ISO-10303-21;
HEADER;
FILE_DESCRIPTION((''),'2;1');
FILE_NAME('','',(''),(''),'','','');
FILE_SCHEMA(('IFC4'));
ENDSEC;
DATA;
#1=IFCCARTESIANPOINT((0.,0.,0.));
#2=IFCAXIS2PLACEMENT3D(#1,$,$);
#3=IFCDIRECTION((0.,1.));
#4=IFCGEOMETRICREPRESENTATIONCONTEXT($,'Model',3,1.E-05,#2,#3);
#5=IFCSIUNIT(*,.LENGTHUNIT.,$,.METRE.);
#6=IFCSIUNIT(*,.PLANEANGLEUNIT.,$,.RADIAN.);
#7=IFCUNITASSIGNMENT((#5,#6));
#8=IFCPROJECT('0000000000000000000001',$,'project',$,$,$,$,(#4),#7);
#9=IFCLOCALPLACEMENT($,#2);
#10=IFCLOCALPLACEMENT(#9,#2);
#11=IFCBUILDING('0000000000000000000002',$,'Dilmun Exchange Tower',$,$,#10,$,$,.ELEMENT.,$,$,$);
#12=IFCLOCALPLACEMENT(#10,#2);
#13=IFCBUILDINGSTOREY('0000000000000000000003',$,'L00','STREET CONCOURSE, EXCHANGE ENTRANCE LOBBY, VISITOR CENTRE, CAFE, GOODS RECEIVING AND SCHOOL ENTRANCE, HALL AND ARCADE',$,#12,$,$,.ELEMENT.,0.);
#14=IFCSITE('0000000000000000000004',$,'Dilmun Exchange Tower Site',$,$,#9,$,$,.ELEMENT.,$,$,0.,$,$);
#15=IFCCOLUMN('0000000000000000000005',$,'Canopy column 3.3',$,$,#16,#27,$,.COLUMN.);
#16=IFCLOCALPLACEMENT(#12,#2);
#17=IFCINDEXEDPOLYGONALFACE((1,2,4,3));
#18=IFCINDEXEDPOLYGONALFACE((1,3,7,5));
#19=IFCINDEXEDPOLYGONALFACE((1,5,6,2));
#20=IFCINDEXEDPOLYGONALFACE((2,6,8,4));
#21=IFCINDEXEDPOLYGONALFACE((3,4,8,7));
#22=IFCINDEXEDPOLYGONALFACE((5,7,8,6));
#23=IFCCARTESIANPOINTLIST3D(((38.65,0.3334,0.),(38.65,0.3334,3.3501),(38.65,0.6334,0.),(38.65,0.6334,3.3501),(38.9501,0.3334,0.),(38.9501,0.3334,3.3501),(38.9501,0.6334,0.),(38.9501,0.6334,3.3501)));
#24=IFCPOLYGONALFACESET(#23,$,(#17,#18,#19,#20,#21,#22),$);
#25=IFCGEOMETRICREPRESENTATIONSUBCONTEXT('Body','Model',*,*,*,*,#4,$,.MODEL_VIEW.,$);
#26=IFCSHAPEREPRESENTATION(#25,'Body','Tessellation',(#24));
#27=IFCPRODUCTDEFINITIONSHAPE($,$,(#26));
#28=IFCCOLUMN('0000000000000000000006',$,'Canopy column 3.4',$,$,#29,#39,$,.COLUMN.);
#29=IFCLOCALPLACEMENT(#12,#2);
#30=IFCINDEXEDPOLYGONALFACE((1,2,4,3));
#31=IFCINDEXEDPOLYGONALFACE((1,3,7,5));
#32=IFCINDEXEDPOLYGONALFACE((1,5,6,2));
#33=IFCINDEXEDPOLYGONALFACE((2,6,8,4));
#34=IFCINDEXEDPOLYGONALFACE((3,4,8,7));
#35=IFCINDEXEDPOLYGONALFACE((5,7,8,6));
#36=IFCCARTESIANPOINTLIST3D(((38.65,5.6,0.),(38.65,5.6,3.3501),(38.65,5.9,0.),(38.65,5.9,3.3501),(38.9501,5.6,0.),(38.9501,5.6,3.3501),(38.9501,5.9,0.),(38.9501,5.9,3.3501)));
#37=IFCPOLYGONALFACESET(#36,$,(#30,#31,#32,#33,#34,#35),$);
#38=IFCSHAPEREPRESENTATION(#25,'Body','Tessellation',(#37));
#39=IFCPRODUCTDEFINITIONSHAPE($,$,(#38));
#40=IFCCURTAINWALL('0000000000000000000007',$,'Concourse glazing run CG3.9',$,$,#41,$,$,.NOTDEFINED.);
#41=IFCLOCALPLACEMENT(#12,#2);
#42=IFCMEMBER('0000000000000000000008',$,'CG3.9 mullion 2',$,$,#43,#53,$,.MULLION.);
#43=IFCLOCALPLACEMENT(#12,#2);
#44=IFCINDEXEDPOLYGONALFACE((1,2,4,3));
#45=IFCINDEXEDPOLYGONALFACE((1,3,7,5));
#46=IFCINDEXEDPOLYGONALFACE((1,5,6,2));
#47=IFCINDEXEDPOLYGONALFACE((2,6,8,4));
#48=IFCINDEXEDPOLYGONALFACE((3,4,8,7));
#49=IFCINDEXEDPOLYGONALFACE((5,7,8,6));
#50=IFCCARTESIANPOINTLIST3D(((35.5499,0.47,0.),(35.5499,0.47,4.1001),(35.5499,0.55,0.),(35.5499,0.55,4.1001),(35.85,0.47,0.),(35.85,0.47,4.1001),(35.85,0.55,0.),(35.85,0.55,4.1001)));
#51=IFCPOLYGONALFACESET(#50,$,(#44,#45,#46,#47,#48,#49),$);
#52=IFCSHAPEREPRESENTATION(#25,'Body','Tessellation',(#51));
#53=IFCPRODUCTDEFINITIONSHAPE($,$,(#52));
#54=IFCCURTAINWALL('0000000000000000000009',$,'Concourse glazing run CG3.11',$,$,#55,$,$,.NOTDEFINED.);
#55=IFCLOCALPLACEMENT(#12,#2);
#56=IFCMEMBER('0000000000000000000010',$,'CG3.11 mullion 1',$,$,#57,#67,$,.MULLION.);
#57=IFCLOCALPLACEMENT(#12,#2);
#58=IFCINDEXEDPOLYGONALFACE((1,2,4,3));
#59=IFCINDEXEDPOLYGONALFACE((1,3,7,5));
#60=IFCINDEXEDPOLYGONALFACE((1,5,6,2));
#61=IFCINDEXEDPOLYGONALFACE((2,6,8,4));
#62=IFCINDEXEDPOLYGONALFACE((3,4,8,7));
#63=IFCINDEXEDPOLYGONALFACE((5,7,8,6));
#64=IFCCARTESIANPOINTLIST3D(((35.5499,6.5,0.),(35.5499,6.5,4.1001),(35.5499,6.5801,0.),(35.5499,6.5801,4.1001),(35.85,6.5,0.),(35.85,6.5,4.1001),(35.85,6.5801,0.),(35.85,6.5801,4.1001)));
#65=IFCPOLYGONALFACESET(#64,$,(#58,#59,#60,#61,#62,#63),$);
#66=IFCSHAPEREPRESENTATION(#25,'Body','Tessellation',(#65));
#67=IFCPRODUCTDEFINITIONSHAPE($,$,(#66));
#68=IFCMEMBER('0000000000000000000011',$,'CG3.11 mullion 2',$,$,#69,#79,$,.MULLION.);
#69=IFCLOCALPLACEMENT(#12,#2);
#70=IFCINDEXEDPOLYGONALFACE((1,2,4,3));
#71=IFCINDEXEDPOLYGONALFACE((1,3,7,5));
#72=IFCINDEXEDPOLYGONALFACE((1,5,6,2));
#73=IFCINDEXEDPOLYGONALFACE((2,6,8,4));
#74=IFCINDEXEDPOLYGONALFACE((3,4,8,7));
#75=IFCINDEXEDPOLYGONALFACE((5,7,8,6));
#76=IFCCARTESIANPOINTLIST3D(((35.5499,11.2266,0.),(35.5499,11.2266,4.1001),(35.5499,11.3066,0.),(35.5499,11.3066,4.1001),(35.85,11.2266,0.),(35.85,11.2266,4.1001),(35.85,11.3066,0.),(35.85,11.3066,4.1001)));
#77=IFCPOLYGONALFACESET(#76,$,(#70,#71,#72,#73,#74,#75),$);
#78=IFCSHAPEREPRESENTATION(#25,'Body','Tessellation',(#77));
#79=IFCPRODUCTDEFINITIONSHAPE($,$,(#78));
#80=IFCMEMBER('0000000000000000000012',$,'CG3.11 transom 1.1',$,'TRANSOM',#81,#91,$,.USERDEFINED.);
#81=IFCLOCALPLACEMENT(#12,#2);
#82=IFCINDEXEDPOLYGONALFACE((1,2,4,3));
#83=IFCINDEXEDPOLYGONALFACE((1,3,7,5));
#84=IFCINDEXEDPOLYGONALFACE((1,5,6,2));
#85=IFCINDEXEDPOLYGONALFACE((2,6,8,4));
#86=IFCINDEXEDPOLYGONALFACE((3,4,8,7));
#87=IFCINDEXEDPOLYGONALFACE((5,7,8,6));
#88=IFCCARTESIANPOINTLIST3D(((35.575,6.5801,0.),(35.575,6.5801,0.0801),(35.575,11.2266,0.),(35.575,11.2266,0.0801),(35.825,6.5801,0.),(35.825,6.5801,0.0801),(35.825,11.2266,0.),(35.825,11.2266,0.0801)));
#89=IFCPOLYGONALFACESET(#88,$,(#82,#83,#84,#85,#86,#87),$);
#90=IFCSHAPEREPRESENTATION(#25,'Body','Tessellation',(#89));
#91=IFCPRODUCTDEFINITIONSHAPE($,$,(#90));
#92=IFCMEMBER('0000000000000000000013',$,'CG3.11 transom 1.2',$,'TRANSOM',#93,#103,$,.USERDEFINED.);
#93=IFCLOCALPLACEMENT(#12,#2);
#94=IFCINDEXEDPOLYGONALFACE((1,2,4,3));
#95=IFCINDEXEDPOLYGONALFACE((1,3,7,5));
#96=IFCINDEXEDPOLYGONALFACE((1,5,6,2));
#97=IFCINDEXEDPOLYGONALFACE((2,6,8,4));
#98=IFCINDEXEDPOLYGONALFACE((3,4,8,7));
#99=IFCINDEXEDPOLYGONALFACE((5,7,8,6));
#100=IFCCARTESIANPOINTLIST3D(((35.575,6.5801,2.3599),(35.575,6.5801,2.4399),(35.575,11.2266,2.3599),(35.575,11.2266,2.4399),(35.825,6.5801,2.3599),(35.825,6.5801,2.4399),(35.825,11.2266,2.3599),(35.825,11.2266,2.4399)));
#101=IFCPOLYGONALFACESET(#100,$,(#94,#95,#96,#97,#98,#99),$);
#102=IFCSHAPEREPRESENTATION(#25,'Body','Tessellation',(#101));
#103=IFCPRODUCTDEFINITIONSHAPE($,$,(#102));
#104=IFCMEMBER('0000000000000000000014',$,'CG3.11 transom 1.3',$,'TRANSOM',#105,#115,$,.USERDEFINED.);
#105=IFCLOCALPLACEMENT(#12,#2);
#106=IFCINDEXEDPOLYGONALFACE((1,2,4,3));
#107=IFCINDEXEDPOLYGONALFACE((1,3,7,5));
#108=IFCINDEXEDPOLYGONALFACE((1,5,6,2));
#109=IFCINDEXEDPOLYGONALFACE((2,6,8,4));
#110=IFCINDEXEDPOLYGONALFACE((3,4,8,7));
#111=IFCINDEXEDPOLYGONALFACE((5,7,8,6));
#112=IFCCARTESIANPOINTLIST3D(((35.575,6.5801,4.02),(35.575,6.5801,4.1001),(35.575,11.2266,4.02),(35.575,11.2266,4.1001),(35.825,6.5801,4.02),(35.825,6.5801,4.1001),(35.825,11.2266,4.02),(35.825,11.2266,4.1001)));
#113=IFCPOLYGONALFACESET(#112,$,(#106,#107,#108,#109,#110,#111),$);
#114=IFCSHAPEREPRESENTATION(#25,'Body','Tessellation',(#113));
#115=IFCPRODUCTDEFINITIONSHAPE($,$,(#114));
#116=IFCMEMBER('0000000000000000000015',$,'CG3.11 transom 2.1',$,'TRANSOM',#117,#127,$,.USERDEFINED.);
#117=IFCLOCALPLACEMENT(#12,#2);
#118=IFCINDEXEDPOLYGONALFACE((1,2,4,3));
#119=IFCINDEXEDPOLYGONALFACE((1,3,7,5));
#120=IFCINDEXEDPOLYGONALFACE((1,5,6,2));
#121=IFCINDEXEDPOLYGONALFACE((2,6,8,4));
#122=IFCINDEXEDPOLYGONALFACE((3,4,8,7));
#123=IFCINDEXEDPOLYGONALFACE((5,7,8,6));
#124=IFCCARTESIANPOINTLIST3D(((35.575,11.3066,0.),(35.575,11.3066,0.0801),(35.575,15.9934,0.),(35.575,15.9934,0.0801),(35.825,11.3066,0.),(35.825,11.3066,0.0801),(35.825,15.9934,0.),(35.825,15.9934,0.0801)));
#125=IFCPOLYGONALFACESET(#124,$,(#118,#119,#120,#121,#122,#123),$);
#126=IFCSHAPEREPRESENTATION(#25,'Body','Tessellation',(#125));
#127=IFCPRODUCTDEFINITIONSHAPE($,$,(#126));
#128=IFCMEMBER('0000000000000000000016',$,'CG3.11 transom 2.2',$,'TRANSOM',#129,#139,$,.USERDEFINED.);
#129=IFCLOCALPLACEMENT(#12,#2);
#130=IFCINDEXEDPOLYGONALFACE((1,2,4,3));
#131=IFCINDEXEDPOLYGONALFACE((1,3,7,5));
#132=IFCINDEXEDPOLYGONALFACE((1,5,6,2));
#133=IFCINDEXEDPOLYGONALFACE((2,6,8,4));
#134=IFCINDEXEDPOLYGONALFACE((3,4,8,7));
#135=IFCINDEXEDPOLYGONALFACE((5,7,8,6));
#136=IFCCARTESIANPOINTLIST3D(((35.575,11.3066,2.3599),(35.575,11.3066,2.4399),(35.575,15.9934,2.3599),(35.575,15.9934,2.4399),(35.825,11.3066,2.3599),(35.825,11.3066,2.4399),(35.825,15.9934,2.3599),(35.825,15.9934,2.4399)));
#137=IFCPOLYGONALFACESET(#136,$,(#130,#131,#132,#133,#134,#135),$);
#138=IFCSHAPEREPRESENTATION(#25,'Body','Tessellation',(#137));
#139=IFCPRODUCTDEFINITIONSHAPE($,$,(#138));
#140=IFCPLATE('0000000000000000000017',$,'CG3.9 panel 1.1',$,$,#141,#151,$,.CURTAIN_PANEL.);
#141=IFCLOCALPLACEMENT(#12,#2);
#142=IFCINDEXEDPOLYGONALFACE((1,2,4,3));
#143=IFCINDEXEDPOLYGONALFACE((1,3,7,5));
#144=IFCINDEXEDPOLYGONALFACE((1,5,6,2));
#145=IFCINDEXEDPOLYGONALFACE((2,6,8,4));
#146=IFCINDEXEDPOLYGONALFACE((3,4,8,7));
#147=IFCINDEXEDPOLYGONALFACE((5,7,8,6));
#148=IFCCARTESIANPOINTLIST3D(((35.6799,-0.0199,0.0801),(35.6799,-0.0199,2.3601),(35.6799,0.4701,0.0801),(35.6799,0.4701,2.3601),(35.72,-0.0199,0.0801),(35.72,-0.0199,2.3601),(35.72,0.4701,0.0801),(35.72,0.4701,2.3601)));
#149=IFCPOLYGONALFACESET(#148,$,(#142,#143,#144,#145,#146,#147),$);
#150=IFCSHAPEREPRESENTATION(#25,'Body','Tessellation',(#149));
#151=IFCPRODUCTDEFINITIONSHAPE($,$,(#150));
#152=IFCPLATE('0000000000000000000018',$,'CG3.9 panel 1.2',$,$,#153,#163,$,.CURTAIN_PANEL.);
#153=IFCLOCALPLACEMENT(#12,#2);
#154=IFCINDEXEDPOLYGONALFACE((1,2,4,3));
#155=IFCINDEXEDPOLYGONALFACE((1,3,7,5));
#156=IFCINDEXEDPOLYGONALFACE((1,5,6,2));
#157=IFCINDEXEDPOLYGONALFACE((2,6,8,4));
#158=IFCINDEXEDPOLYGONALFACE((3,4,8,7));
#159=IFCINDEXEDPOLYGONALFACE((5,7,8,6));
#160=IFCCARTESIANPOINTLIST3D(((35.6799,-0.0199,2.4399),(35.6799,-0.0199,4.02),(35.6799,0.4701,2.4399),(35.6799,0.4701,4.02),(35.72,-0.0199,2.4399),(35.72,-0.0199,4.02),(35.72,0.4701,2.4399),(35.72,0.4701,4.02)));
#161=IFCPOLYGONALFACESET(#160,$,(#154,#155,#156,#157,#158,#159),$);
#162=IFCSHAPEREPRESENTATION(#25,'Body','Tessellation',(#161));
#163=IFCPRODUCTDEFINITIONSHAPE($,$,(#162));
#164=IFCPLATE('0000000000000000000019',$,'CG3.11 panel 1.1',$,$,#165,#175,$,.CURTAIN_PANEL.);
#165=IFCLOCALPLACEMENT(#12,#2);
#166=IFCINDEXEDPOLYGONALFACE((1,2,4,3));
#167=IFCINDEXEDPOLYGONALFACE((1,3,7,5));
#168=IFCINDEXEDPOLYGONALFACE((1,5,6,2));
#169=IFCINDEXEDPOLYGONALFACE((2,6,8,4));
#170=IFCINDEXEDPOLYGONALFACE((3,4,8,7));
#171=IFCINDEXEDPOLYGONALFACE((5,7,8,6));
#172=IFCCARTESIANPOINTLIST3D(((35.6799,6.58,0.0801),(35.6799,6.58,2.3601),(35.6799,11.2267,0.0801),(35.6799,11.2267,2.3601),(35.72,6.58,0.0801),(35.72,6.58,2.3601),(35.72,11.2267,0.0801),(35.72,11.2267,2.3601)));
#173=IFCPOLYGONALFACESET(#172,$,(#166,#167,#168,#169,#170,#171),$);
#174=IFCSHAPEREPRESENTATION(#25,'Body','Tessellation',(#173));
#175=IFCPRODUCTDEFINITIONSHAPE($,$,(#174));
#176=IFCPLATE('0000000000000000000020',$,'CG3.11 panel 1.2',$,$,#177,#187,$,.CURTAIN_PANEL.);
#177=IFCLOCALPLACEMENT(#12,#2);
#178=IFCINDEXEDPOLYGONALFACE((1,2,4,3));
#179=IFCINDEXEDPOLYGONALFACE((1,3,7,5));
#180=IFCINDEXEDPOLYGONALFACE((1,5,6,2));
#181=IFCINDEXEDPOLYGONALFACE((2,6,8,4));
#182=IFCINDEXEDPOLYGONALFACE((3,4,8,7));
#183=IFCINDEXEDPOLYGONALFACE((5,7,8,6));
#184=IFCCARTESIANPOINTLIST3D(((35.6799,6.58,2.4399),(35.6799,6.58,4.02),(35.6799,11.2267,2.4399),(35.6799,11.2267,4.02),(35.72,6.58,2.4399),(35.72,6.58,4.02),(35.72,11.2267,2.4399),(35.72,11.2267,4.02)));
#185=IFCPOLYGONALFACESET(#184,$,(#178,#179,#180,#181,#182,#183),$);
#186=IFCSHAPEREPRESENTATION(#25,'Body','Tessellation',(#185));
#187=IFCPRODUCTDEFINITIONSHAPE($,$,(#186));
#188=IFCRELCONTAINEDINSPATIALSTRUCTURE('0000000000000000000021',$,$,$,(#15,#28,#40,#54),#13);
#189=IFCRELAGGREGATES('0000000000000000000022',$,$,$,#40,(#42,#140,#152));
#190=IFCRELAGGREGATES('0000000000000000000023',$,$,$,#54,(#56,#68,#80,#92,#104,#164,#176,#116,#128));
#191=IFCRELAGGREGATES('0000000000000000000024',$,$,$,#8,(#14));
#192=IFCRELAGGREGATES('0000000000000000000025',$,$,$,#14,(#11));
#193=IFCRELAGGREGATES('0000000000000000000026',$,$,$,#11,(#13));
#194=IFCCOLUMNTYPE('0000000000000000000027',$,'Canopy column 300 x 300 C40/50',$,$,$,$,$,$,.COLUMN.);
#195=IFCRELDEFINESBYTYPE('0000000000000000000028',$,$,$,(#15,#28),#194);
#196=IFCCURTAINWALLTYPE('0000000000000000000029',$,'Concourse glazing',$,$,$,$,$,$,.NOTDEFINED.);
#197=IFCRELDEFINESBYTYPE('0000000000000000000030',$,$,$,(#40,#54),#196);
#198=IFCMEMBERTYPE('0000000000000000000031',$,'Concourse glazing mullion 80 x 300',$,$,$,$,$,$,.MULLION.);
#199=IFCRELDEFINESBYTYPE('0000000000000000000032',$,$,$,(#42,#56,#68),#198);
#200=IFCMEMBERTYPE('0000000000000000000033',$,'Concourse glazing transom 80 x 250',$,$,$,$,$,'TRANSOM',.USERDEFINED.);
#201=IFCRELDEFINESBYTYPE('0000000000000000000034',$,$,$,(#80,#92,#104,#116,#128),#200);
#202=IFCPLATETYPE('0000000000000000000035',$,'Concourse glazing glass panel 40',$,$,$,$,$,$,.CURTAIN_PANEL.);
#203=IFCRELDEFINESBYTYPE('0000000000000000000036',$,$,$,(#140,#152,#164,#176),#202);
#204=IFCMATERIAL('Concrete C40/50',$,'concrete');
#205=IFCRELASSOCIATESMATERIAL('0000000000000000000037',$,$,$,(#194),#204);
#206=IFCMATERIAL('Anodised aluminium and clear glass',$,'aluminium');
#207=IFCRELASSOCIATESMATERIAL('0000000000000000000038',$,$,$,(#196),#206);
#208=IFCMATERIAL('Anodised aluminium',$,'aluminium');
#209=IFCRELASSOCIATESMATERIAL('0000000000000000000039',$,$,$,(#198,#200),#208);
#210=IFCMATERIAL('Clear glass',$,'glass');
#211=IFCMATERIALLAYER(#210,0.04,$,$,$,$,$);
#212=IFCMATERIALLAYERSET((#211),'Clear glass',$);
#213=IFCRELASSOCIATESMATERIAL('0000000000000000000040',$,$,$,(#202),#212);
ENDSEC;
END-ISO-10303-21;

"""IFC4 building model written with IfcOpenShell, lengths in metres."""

from ifc_helpers import new_model, si_unit, direction, frame, origin, origin_2d, place, context, subcontext, project, spatial, rectangle, extrude, material, layer, layer_set, material_profile, profile_set, type_object, element, aggregate, save


model = new_model("IFC4")

# Units and contexts
model_context = context("Model", 3, precision=1e-05, world=origin(), true_north=direction((0.0, 1.0)))
body_context = subcontext(model_context, "Body", "Model", "MODEL_VIEW")
ifc_project = project(units=[si_unit("LENGTHUNIT", "METRE"), si_unit("PLANEANGLEUNIT", "RADIAN")], contexts=[model_context])

# Site, building, storey
site_placement = place(None, origin())
site = spatial("IfcSite", under=ifc_project, at=site_placement, Name="Dilmun Exchange Tower Site", CompositionType="ELEMENT", RefElevation=0.0)
building_placement = place(site_placement, origin())
building = spatial("IfcBuilding", under=site, at=building_placement, Name="Dilmun Exchange Tower", CompositionType="ELEMENT")
storey_placement = place(building_placement, origin())
storey = spatial("IfcBuildingStorey", under=building, at=storey_placement, Name="L00", Description="STREET CONCOURSE, EXCHANGE ENTRANCE LOBBY, VISITOR CENTRE, CAFE, GOODS RECEIVING AND SCHOOL ENTRANCE, HALL AND ARCADE", CompositionType="ELEMENT", Elevation=0.0)

# Columns
ifc_material_1 = material(Name="Concrete C40/50", Category="concrete")
ifc_material_profile_1 = material_profile(ifc_material_1, rectangle(XDim=0.3, YDim=0.3, at=origin_2d()), Name="300 x 300")
ifc_profile_set_1 = profile_set([ifc_material_profile_1], Name="Concrete C40/50")
column_type = type_object("IfcColumnType", Name="Canopy column 300 x 300 C40/50", PredefinedType="COLUMN", material=ifc_profile_set_1)
for number, where, z_axis, x_axis, name in (
    (1, (38.8, 0.4834, 0.0), (0.0, 0.0, 1.0), (0.0, 1.0, 0.0), "Canopy column 3.3"),
    (2, (38.8, 5.75, 0.0), (0.0, 0.0, 1.0), (0.0, 1.0, 0.0), "Canopy column 3.4"),
):
    element("IfcColumn", number, at=place(storey_placement, frame(where, z_axis=z_axis, x_axis=x_axis)), inside=storey, type_object=column_type, Name=name, PredefinedType="COLUMN", context=body_context, shape_type="SweptSolid", body=[
        extrude(rectangle(XDim=0.3, YDim=0.3, at=origin_2d()), origin(), (0.0, 0.0, 1.0), 3.3501),
    ])

# Curtain wall, member
ifc_material_2 = material(Name="Anodised aluminium and clear glass", Category="aluminium")
curtain_wall_type = type_object("IfcCurtainWallType", Name="Concourse glazing", PredefinedType="NOTDEFINED", material=ifc_material_2)
curtain_wall_1_placement = place(storey_placement, origin())
curtain_wall_1 = element("IfcCurtainWall", 3, at=curtain_wall_1_placement, inside=storey, type_object=curtain_wall_type, Name="Concourse glazing run CG3.9", PredefinedType="NOTDEFINED")
ifc_material_3 = material(Name="Anodised aluminium", Category="aluminium")
ifc_material_profile_2 = material_profile(ifc_material_3, rectangle(XDim=0.3, YDim=0.0801, at=origin_2d()), Name="AL 80x300")
ifc_profile_set_2 = profile_set([ifc_material_profile_2], Name="Anodised aluminium")
member_type_1 = type_object("IfcMemberType", Name="Concourse glazing mullion 80 x 300", PredefinedType="MULLION", material=ifc_profile_set_2)
member_1_placement = place(storey_placement, frame((35.7, 0.51, 0.0), z_axis=(0.0, 0.0, 1.0), x_axis=(-1.0, 0.0, 0.0)))
member_1 = element("IfcMember", 4, at=member_1_placement, type_object=member_type_1, Name="CG3.9 mullion 2", PredefinedType="MULLION", context=body_context, shape_type="SweptSolid", body=[
    extrude(rectangle(XDim=0.3, YDim=0.0801, at=origin_2d()), origin(), (0.0, 0.0, 1.0), 4.1001),
])

# Curtain wall, members
curtain_wall_2_placement = place(storey_placement, origin())
curtain_wall_2 = element("IfcCurtainWall", 5, at=curtain_wall_2_placement, inside=storey, type_object=curtain_wall_type, Name="Concourse glazing run CG3.11", PredefinedType="NOTDEFINED")
member_2_placement = place(storey_placement, frame((35.7, 6.54, 0.0), z_axis=(0.0, 0.0, 1.0), x_axis=(-1.0, 0.0, 0.0)))
member_2 = element("IfcMember", 6, at=member_2_placement, type_object=member_type_1, Name="CG3.11 mullion 1", PredefinedType="MULLION", context=body_context, shape_type="SweptSolid", body=[
    extrude(rectangle(XDim=0.3, YDim=0.0801, at=origin_2d()), origin(), (0.0, 0.0, 1.0), 4.1001),
])
member_3_placement = place(storey_placement, frame((35.7, 11.2666, 0.0), z_axis=(0.0, 0.0, 1.0), x_axis=(-1.0, 0.0, 0.0)))
member_3 = element("IfcMember", 7, at=member_3_placement, type_object=member_type_1, Name="CG3.11 mullion 2", PredefinedType="MULLION", context=body_context, shape_type="SweptSolid", body=[
    extrude(rectangle(XDim=0.3, YDim=0.0801, at=origin_2d()), origin(), (0.0, 0.0, 1.0), 4.1001),
])
ifc_material_profile_3 = material_profile(ifc_material_3, rectangle(XDim=0.25, YDim=0.0801, at=origin_2d()), Name="AL 80x250")
ifc_profile_set_3 = profile_set([ifc_material_profile_3], Name="Anodised aluminium")
member_type_2 = type_object("IfcMemberType", Name="Concourse glazing transom 80 x 250", ElementType="TRANSOM", PredefinedType="USERDEFINED", material=ifc_profile_set_3)
member_4_placement = place(storey_placement, frame((35.7, 6.5801, 0.04), z_axis=(0.0, 1.0, 0.0), x_axis=(-1.0, 0.0, 0.0)))
member_4 = element("IfcMember", 8, at=member_4_placement, type_object=member_type_2, Name="CG3.11 transom 1.1", ObjectType="TRANSOM", PredefinedType="USERDEFINED", context=body_context, shape_type="SweptSolid", body=[
    extrude(rectangle(XDim=0.25, YDim=0.0801, at=origin_2d()), origin(), (0.0, 0.0, 1.0), 4.6465),
])
member_5_placement = place(storey_placement, frame((35.7, 6.5801, 2.3999), z_axis=(0.0, 1.0, 0.0), x_axis=(-1.0, 0.0, 0.0)))
member_5 = element("IfcMember", 9, at=member_5_placement, type_object=member_type_2, Name="CG3.11 transom 1.2", ObjectType="TRANSOM", PredefinedType="USERDEFINED", context=body_context, shape_type="SweptSolid", body=[
    extrude(rectangle(XDim=0.25, YDim=0.0801, at=origin_2d()), origin(), (0.0, 0.0, 1.0), 4.6465),
])
member_6_placement = place(storey_placement, frame((35.7, 6.5801, 4.0601), z_axis=(0.0, 1.0, 0.0), x_axis=(-1.0, 0.0, 0.0)))
member_6 = element("IfcMember", 10, at=member_6_placement, type_object=member_type_2, Name="CG3.11 transom 1.3", ObjectType="TRANSOM", PredefinedType="USERDEFINED", context=body_context, shape_type="SweptSolid", body=[
    extrude(rectangle(XDim=0.25, YDim=0.0801, at=origin_2d()), origin(), (0.0, 0.0, 1.0), 4.6465),
])
member_7_placement = place(storey_placement, frame((35.7, 11.3066, 0.04), z_axis=(0.0, 1.0, 0.0), x_axis=(-1.0, 0.0, 0.0)))
member_7 = element("IfcMember", 11, at=member_7_placement, type_object=member_type_2, Name="CG3.11 transom 2.1", ObjectType="TRANSOM", PredefinedType="USERDEFINED", context=body_context, shape_type="SweptSolid", body=[
    extrude(rectangle(XDim=0.25, YDim=0.0801, at=origin_2d()), origin(), (0.0, 0.0, 1.0), 4.6868),
])
member_8_placement = place(storey_placement, frame((35.7, 11.3066, 2.3999), z_axis=(0.0, 1.0, 0.0), x_axis=(-1.0, 0.0, 0.0)))
member_8 = element("IfcMember", 12, at=member_8_placement, type_object=member_type_2, Name="CG3.11 transom 2.2", ObjectType="TRANSOM", PredefinedType="USERDEFINED", context=body_context, shape_type="SweptSolid", body=[
    extrude(rectangle(XDim=0.25, YDim=0.0801, at=origin_2d()), origin(), (0.0, 0.0, 1.0), 4.6868),
])

# Plates
ifc_material_4 = material(Name="Clear glass", Category="glass")
ifc_layer_1 = layer(ifc_material_4, 0.04)
ifc_layer_set_1 = layer_set([ifc_layer_1], Name="Clear glass")
plate_type = type_object("IfcPlateType", Name="Concourse glazing glass panel 40", PredefinedType="CURTAIN_PANEL", material=ifc_layer_set_1)
plate_1_placement = place(storey_placement, frame((35.7, 0.2251, 0.0801), z_axis=(0.0, 0.0, 1.0), x_axis=(0.0, 1.0, 0.0)))
plate_1 = element("IfcPlate", 13, at=plate_1_placement, type_object=plate_type, Name="CG3.9 panel 1.1", PredefinedType="CURTAIN_PANEL", context=body_context, shape_type="SweptSolid", body=[
    extrude(rectangle(XDim=0.49, YDim=0.04, at=origin_2d()), origin(), (0.0, 0.0, 1.0), 2.28),
])
plate_2_placement = place(storey_placement, frame((35.7, 0.2251, 2.4399), z_axis=(0.0, 0.0, 1.0), x_axis=(0.0, 1.0, 0.0)))
plate_2 = element("IfcPlate", 14, at=plate_2_placement, type_object=plate_type, Name="CG3.9 panel 1.2", PredefinedType="CURTAIN_PANEL", context=body_context, shape_type="SweptSolid", body=[
    extrude(rectangle(XDim=0.49, YDim=0.04, at=origin_2d()), origin(), (0.0, 0.0, 1.0), 1.5801),
])
aggregate(curtain_wall_1, [member_1, plate_1, plate_2])
plate_3_placement = place(storey_placement, frame((35.7, 8.9033, 0.0801), z_axis=(0.0, 0.0, 1.0), x_axis=(0.0, 1.0, 0.0)))
plate_3 = element("IfcPlate", 15, at=plate_3_placement, type_object=plate_type, Name="CG3.11 panel 1.1", PredefinedType="CURTAIN_PANEL", context=body_context, shape_type="SweptSolid", body=[
    extrude(rectangle(XDim=4.6467, YDim=0.04, at=origin_2d()), origin(), (0.0, 0.0, 1.0), 2.28),
])
plate_4_placement = place(storey_placement, frame((35.7, 8.9033, 2.4399), z_axis=(0.0, 0.0, 1.0), x_axis=(0.0, 1.0, 0.0)))
plate_4 = element("IfcPlate", 16, at=plate_4_placement, type_object=plate_type, Name="CG3.11 panel 1.2", PredefinedType="CURTAIN_PANEL", context=body_context, shape_type="SweptSolid", body=[
    extrude(rectangle(XDim=4.6467, YDim=0.04, at=origin_2d()), origin(), (0.0, 0.0, 1.0), 1.5801),
])
aggregate(curtain_wall_2, [member_2, member_3, member_4, member_5, member_6, plate_3, plate_4, member_7, member_8])

save(model, "model.ifc")
